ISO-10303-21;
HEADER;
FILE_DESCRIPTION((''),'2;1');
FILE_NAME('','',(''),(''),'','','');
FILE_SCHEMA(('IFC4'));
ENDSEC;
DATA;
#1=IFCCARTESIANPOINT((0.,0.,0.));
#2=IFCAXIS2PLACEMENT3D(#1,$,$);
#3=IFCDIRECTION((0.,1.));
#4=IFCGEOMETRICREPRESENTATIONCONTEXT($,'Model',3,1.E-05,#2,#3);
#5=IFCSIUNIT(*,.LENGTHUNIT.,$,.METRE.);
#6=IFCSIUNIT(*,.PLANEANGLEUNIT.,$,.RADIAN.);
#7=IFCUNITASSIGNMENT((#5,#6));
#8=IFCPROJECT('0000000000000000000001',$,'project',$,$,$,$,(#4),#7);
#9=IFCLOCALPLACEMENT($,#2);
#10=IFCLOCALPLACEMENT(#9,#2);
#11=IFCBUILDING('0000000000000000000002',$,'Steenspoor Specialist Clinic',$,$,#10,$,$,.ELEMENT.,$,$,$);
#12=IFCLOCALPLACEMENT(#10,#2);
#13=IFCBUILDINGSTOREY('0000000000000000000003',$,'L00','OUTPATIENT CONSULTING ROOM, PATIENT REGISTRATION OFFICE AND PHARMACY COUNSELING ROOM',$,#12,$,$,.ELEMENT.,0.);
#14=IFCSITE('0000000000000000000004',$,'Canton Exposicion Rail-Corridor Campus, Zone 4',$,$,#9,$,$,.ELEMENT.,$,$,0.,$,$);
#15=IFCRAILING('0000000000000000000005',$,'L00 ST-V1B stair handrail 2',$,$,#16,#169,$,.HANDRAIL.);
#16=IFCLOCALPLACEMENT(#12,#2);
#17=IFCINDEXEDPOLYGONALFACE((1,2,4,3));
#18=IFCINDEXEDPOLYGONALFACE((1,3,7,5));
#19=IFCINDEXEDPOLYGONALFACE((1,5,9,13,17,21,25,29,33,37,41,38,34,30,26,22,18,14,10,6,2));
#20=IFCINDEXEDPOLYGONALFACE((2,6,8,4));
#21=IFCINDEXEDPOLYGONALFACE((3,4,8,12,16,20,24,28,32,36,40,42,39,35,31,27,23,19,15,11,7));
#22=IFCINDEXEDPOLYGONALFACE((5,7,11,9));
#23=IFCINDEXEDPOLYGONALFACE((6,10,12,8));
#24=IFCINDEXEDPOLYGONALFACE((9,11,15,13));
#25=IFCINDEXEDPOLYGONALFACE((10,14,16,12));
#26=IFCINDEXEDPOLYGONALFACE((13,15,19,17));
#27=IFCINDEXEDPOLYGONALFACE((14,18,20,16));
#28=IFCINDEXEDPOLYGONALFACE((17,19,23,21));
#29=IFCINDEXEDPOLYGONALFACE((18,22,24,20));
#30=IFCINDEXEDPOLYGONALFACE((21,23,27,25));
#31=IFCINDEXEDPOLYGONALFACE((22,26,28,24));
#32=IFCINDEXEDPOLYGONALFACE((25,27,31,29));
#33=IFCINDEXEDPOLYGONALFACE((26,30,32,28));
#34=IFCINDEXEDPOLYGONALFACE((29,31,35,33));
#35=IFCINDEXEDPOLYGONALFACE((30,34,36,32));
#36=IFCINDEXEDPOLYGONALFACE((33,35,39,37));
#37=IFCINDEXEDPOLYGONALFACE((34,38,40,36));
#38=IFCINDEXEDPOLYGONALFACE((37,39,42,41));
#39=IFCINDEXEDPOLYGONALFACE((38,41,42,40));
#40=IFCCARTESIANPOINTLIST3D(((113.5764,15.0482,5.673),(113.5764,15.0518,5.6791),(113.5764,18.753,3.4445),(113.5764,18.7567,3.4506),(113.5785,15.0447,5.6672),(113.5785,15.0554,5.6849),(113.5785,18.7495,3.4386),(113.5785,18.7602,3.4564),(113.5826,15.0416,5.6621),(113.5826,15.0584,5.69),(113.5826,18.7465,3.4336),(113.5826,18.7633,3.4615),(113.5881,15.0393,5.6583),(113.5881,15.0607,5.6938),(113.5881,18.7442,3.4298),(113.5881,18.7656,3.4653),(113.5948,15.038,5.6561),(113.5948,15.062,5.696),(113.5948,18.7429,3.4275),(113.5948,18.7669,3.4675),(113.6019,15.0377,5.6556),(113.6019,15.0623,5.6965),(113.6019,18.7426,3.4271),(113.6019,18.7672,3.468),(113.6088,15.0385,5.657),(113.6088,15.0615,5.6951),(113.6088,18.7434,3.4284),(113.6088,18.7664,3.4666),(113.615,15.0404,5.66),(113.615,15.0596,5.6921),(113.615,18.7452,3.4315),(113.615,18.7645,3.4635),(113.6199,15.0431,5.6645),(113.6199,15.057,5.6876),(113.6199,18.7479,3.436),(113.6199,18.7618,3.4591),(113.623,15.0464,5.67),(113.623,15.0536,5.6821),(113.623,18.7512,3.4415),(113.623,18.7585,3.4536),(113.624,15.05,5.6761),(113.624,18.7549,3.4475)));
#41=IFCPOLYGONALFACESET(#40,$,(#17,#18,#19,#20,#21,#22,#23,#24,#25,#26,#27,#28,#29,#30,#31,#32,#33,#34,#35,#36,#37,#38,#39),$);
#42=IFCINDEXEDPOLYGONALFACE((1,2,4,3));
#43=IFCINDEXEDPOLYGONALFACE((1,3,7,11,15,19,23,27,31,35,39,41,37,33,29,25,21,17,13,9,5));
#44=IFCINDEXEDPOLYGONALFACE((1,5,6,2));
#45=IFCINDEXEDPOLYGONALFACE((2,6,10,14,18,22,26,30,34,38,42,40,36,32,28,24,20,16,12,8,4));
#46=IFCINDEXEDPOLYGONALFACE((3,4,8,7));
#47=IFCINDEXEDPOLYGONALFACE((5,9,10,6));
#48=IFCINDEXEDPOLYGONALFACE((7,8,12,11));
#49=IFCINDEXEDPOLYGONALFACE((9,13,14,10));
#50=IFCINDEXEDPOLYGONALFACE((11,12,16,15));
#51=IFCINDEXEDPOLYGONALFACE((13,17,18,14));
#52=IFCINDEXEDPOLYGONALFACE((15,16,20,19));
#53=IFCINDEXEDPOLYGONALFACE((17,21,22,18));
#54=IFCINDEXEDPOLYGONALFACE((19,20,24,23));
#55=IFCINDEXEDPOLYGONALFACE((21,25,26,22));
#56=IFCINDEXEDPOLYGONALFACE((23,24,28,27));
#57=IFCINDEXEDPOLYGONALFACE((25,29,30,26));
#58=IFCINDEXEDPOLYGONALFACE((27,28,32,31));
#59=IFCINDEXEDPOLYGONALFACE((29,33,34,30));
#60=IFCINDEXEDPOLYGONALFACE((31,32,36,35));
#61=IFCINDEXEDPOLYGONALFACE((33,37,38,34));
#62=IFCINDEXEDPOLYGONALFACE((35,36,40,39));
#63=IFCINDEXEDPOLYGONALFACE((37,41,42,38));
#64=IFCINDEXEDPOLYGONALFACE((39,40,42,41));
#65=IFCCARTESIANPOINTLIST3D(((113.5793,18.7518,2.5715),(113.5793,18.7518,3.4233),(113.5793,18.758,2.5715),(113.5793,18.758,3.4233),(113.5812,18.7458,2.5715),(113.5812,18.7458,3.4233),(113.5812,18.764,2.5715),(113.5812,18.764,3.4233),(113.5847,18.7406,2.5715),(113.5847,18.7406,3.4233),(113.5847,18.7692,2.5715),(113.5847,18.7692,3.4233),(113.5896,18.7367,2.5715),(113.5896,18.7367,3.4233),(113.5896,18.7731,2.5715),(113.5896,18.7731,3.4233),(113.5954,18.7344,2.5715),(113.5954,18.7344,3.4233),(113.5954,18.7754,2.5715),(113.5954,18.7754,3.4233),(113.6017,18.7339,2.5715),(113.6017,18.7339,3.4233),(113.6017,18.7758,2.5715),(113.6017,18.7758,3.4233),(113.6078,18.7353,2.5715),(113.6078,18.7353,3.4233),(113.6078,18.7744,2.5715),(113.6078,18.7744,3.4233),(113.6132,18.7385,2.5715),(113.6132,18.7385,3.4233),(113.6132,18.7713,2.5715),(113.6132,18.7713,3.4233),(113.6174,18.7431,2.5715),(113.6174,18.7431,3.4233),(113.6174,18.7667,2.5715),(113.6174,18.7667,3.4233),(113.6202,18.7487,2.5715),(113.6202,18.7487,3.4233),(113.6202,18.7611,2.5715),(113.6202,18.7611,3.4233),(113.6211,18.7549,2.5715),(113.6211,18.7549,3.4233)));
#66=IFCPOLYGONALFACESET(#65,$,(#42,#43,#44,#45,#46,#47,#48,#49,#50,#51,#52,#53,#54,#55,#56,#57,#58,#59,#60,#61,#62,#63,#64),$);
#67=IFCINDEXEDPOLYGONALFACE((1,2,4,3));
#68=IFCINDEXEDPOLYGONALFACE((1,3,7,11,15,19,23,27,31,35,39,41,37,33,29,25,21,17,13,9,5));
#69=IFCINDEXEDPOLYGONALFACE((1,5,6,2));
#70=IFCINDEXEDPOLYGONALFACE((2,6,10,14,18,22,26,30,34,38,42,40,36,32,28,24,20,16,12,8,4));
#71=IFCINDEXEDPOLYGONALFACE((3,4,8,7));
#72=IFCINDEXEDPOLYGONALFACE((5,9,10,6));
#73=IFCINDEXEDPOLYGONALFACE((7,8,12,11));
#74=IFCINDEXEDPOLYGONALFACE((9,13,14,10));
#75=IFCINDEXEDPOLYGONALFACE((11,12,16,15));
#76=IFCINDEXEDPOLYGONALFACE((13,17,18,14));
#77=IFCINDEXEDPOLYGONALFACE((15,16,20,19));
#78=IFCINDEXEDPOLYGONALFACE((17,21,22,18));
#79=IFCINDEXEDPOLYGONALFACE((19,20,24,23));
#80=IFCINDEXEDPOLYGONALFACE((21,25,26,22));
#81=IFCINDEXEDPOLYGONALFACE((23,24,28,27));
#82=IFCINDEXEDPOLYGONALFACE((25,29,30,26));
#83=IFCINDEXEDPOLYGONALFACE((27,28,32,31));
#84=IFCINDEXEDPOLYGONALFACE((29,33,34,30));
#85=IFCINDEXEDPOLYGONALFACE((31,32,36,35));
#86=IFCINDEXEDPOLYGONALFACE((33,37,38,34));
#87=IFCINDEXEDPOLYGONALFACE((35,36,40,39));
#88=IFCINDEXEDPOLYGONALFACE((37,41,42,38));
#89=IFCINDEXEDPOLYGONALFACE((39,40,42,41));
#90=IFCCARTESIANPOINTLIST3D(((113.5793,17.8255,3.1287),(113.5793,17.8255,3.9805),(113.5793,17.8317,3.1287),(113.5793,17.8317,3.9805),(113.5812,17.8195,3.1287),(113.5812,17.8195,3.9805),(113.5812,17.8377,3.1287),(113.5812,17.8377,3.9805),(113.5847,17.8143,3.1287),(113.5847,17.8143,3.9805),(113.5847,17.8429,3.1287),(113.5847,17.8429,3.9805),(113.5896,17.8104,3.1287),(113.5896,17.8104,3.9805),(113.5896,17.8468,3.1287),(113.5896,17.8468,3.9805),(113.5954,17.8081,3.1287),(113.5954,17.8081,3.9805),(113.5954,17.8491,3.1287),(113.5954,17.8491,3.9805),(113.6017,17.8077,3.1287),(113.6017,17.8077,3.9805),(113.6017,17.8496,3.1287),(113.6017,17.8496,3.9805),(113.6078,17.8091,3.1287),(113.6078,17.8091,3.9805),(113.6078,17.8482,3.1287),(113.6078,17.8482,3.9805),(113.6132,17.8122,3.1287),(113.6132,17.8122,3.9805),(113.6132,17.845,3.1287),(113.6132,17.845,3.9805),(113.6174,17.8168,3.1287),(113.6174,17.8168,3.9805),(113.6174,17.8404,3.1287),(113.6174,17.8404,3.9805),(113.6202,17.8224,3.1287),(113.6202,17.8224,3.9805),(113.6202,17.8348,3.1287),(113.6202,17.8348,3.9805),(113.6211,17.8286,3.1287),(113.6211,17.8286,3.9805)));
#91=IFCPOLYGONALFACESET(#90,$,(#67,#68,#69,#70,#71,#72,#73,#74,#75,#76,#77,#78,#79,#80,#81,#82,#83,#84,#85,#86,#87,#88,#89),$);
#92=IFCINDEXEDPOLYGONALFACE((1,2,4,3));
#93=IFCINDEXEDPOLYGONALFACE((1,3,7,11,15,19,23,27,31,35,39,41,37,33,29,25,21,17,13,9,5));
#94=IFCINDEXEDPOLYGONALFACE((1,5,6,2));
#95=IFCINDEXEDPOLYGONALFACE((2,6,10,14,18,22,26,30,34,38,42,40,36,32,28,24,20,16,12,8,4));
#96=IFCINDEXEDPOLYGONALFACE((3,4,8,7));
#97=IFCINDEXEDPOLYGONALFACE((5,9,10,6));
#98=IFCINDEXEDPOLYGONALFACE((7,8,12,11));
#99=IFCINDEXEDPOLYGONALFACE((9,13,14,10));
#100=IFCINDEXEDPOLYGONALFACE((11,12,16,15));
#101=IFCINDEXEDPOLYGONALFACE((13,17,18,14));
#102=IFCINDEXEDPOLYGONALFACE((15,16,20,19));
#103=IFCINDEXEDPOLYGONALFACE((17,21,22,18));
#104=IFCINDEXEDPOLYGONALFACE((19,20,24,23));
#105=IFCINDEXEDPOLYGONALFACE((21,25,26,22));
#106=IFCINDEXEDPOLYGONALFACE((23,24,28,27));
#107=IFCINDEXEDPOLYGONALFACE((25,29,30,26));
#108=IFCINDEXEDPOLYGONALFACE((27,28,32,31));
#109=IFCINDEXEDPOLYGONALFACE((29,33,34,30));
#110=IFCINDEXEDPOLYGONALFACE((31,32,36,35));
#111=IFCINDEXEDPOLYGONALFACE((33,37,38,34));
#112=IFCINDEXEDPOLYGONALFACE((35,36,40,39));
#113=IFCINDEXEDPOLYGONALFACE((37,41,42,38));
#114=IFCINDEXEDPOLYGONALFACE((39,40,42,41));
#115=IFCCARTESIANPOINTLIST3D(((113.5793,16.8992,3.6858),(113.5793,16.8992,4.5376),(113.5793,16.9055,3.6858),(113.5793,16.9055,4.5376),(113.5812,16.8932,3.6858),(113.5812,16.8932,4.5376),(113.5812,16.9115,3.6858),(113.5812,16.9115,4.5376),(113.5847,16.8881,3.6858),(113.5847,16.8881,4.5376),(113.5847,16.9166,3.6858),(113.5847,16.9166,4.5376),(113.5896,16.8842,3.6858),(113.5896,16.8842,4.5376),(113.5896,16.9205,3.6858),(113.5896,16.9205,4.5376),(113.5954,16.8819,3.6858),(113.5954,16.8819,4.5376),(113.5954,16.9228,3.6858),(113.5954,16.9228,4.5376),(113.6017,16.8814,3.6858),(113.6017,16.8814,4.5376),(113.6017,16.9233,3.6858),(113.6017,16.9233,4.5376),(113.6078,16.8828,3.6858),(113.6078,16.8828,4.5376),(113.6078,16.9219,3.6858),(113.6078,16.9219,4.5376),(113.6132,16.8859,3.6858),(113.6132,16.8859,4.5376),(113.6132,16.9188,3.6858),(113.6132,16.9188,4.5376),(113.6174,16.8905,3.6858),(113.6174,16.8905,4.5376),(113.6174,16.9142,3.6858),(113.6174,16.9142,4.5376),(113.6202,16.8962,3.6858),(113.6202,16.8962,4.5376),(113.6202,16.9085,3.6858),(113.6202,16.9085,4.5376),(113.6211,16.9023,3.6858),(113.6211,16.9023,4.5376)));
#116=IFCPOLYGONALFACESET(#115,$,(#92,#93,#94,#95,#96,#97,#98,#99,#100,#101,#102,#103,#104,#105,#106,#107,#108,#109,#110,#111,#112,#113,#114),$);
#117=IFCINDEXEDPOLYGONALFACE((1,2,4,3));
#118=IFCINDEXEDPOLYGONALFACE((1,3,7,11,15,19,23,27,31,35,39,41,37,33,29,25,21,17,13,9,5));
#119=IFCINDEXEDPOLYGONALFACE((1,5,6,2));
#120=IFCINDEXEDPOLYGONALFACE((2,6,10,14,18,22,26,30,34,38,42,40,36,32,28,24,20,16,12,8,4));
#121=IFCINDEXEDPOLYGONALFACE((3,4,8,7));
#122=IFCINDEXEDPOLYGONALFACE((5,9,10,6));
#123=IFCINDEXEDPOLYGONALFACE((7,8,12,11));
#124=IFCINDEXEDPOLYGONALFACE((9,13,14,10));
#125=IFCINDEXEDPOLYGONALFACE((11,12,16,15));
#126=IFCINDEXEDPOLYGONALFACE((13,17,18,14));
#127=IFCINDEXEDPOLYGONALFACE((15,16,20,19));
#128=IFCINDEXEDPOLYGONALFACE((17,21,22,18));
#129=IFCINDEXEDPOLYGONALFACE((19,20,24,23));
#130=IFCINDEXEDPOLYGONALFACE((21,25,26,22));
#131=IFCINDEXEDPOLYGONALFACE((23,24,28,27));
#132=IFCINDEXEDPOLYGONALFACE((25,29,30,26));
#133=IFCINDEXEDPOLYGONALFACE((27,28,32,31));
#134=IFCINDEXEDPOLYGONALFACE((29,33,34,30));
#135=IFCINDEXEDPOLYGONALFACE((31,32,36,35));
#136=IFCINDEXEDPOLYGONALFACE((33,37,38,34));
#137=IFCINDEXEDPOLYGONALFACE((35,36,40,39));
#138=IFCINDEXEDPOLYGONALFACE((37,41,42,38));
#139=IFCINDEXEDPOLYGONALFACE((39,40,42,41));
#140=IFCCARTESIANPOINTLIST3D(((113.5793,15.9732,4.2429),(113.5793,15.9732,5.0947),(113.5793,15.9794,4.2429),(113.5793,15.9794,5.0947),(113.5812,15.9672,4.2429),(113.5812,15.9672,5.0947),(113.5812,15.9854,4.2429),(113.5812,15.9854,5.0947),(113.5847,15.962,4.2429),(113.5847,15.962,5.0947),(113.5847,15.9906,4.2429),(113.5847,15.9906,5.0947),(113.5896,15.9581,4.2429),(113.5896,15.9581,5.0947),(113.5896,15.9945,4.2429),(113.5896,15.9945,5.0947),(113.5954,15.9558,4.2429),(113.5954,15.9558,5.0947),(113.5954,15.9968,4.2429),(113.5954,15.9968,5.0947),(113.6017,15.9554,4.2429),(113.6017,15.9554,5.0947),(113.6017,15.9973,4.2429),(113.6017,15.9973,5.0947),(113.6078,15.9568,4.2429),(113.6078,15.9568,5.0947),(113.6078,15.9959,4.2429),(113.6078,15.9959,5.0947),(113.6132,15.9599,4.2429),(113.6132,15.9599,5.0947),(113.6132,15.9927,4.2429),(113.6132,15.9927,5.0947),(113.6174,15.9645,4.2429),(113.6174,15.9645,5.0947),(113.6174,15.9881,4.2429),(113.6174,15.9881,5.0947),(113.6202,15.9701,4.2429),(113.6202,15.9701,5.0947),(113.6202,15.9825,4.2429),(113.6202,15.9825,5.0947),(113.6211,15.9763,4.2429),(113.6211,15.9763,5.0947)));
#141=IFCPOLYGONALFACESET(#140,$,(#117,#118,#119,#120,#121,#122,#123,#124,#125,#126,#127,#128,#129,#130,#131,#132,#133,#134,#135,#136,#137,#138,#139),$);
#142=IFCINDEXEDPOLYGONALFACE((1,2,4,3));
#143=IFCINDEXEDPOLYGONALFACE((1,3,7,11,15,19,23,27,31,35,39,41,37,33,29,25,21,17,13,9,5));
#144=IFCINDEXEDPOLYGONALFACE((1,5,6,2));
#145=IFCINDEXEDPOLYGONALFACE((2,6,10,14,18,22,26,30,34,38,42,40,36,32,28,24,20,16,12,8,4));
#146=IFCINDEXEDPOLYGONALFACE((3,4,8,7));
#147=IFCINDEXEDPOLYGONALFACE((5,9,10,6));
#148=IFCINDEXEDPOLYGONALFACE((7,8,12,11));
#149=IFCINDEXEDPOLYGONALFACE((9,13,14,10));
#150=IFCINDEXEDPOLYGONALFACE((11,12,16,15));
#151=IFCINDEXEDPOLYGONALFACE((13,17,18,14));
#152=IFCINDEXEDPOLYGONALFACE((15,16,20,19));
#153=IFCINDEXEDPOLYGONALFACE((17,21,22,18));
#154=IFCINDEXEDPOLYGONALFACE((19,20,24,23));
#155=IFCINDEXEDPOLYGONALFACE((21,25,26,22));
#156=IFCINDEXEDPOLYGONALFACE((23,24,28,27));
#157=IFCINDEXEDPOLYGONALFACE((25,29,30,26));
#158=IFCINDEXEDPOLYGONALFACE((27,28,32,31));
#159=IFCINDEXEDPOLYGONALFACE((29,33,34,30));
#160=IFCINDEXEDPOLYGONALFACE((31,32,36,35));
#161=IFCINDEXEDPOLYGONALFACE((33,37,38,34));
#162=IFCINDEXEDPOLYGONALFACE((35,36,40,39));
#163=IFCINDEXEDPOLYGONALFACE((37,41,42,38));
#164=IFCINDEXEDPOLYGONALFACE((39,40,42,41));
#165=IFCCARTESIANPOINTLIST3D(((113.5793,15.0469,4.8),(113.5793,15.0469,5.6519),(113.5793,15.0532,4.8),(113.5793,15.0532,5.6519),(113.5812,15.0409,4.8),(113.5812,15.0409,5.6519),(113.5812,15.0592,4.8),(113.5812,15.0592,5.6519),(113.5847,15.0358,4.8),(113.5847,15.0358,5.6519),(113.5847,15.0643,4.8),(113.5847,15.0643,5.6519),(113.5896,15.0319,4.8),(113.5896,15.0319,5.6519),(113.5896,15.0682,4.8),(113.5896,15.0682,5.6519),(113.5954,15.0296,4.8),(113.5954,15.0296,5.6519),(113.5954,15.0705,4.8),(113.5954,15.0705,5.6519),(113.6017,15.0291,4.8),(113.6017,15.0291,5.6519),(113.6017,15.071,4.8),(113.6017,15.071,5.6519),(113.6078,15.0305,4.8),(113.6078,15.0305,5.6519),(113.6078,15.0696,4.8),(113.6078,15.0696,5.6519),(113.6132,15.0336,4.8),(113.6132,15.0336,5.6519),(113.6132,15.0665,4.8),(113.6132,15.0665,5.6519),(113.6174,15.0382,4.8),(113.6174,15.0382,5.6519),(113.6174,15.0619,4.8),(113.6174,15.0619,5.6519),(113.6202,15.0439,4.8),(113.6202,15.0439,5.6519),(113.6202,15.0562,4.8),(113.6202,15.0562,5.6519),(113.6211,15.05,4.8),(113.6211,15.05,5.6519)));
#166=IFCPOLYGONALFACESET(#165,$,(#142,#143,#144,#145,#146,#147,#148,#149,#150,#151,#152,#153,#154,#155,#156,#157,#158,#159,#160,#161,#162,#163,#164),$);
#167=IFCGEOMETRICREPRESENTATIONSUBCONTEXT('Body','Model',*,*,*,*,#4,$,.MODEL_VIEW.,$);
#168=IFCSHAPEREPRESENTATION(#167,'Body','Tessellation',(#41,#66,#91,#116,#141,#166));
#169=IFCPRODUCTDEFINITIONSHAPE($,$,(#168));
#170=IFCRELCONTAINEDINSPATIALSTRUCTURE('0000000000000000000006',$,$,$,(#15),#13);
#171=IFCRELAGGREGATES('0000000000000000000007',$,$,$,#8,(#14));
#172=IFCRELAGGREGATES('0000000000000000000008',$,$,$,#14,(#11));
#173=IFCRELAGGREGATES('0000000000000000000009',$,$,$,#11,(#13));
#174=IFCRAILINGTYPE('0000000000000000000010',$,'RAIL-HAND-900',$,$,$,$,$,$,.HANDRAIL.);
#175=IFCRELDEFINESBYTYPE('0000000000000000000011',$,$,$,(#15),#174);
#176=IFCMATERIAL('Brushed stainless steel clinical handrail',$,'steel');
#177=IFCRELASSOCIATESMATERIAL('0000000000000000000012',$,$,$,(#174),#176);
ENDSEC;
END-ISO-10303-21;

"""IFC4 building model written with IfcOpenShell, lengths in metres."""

from ifc_helpers import new_model, si_unit, direction, frame, origin, origin_2d, place, context, subcontext, project, spatial, circle, extrude, material, type_object, element, save


model = new_model("IFC4")

# Units and contexts
model_context = context("Model", 3, precision=1e-05, world=origin(), true_north=direction((0.0, 1.0)))
body_context = subcontext(model_context, "Body", "Model", "MODEL_VIEW")
ifc_project = project(units=[si_unit("LENGTHUNIT", "METRE"), si_unit("PLANEANGLEUNIT", "RADIAN")], contexts=[model_context])

# Site, building, storey
site_placement = place(None, origin())
site = spatial("IfcSite", under=ifc_project, at=site_placement, Name="Canton Exposicion Rail-Corridor Campus, Zone 4", CompositionType="ELEMENT", RefElevation=0.0)
building_placement = place(site_placement, origin())
building = spatial("IfcBuilding", under=site, at=building_placement, Name="Steenspoor Specialist Clinic", CompositionType="ELEMENT")
storey_placement = place(building_placement, origin())
storey = spatial("IfcBuildingStorey", under=building, at=storey_placement, Name="L00", Description="OUTPATIENT CONSULTING ROOM, PATIENT REGISTRATION OFFICE AND PHARMACY COUNSELING ROOM", CompositionType="ELEMENT", Elevation=0.0)

# Railing
ifc_material_1 = material(Name="Brushed stainless steel clinical handrail", Category="steel")
railing_type_1 = type_object("IfcRailingType", Name="RAIL-HAND-900", PredefinedType="HANDRAIL", material=ifc_material_1)
railing_1_placement = place(storey_placement, frame((113.6001, 18.7549, 2.5715)))
element("IfcRailing", 1, at=railing_1_placement, inside=storey, type_object=railing_type_1, Name="L00 ST-V1B stair handrail 2", PredefinedType="HANDRAIL", context=body_context, shape_type="SweptSolid", body=[
    extrude(circle(Radius=0.0239, at=origin_2d()), frame((0.0, 0.0, 0.876), z_axis=(0.0, -0.856919, 0.51545), x_axis=(1.0, 0.0, 0.0)), (0.0, 0.0, 1.0), 4.3235),
    extrude(circle(Radius=0.021, at=origin_2d()), origin(), (0.0, 0.0, 1.0), 0.8518),
    extrude(circle(Radius=0.021, at=origin_2d()), frame((0.0, -0.9263, 0.5571)), (0.0, 0.0, 1.0), 0.8518),
    extrude(circle(Radius=0.021, at=origin_2d()), frame((0.0, -1.8525, 1.1143)), (0.0, 0.0, 1.0), 0.8518),
    extrude(circle(Radius=0.021, at=origin_2d()), frame((0.0, -2.7786, 1.6714)), (0.0, 0.0, 1.0), 0.8518),
    extrude(circle(Radius=0.021, at=origin_2d()), frame((0.0, -3.7048, 2.2285)), (0.0, 0.0, 1.0), 0.8518),
])

save(model, "model.ifc")
